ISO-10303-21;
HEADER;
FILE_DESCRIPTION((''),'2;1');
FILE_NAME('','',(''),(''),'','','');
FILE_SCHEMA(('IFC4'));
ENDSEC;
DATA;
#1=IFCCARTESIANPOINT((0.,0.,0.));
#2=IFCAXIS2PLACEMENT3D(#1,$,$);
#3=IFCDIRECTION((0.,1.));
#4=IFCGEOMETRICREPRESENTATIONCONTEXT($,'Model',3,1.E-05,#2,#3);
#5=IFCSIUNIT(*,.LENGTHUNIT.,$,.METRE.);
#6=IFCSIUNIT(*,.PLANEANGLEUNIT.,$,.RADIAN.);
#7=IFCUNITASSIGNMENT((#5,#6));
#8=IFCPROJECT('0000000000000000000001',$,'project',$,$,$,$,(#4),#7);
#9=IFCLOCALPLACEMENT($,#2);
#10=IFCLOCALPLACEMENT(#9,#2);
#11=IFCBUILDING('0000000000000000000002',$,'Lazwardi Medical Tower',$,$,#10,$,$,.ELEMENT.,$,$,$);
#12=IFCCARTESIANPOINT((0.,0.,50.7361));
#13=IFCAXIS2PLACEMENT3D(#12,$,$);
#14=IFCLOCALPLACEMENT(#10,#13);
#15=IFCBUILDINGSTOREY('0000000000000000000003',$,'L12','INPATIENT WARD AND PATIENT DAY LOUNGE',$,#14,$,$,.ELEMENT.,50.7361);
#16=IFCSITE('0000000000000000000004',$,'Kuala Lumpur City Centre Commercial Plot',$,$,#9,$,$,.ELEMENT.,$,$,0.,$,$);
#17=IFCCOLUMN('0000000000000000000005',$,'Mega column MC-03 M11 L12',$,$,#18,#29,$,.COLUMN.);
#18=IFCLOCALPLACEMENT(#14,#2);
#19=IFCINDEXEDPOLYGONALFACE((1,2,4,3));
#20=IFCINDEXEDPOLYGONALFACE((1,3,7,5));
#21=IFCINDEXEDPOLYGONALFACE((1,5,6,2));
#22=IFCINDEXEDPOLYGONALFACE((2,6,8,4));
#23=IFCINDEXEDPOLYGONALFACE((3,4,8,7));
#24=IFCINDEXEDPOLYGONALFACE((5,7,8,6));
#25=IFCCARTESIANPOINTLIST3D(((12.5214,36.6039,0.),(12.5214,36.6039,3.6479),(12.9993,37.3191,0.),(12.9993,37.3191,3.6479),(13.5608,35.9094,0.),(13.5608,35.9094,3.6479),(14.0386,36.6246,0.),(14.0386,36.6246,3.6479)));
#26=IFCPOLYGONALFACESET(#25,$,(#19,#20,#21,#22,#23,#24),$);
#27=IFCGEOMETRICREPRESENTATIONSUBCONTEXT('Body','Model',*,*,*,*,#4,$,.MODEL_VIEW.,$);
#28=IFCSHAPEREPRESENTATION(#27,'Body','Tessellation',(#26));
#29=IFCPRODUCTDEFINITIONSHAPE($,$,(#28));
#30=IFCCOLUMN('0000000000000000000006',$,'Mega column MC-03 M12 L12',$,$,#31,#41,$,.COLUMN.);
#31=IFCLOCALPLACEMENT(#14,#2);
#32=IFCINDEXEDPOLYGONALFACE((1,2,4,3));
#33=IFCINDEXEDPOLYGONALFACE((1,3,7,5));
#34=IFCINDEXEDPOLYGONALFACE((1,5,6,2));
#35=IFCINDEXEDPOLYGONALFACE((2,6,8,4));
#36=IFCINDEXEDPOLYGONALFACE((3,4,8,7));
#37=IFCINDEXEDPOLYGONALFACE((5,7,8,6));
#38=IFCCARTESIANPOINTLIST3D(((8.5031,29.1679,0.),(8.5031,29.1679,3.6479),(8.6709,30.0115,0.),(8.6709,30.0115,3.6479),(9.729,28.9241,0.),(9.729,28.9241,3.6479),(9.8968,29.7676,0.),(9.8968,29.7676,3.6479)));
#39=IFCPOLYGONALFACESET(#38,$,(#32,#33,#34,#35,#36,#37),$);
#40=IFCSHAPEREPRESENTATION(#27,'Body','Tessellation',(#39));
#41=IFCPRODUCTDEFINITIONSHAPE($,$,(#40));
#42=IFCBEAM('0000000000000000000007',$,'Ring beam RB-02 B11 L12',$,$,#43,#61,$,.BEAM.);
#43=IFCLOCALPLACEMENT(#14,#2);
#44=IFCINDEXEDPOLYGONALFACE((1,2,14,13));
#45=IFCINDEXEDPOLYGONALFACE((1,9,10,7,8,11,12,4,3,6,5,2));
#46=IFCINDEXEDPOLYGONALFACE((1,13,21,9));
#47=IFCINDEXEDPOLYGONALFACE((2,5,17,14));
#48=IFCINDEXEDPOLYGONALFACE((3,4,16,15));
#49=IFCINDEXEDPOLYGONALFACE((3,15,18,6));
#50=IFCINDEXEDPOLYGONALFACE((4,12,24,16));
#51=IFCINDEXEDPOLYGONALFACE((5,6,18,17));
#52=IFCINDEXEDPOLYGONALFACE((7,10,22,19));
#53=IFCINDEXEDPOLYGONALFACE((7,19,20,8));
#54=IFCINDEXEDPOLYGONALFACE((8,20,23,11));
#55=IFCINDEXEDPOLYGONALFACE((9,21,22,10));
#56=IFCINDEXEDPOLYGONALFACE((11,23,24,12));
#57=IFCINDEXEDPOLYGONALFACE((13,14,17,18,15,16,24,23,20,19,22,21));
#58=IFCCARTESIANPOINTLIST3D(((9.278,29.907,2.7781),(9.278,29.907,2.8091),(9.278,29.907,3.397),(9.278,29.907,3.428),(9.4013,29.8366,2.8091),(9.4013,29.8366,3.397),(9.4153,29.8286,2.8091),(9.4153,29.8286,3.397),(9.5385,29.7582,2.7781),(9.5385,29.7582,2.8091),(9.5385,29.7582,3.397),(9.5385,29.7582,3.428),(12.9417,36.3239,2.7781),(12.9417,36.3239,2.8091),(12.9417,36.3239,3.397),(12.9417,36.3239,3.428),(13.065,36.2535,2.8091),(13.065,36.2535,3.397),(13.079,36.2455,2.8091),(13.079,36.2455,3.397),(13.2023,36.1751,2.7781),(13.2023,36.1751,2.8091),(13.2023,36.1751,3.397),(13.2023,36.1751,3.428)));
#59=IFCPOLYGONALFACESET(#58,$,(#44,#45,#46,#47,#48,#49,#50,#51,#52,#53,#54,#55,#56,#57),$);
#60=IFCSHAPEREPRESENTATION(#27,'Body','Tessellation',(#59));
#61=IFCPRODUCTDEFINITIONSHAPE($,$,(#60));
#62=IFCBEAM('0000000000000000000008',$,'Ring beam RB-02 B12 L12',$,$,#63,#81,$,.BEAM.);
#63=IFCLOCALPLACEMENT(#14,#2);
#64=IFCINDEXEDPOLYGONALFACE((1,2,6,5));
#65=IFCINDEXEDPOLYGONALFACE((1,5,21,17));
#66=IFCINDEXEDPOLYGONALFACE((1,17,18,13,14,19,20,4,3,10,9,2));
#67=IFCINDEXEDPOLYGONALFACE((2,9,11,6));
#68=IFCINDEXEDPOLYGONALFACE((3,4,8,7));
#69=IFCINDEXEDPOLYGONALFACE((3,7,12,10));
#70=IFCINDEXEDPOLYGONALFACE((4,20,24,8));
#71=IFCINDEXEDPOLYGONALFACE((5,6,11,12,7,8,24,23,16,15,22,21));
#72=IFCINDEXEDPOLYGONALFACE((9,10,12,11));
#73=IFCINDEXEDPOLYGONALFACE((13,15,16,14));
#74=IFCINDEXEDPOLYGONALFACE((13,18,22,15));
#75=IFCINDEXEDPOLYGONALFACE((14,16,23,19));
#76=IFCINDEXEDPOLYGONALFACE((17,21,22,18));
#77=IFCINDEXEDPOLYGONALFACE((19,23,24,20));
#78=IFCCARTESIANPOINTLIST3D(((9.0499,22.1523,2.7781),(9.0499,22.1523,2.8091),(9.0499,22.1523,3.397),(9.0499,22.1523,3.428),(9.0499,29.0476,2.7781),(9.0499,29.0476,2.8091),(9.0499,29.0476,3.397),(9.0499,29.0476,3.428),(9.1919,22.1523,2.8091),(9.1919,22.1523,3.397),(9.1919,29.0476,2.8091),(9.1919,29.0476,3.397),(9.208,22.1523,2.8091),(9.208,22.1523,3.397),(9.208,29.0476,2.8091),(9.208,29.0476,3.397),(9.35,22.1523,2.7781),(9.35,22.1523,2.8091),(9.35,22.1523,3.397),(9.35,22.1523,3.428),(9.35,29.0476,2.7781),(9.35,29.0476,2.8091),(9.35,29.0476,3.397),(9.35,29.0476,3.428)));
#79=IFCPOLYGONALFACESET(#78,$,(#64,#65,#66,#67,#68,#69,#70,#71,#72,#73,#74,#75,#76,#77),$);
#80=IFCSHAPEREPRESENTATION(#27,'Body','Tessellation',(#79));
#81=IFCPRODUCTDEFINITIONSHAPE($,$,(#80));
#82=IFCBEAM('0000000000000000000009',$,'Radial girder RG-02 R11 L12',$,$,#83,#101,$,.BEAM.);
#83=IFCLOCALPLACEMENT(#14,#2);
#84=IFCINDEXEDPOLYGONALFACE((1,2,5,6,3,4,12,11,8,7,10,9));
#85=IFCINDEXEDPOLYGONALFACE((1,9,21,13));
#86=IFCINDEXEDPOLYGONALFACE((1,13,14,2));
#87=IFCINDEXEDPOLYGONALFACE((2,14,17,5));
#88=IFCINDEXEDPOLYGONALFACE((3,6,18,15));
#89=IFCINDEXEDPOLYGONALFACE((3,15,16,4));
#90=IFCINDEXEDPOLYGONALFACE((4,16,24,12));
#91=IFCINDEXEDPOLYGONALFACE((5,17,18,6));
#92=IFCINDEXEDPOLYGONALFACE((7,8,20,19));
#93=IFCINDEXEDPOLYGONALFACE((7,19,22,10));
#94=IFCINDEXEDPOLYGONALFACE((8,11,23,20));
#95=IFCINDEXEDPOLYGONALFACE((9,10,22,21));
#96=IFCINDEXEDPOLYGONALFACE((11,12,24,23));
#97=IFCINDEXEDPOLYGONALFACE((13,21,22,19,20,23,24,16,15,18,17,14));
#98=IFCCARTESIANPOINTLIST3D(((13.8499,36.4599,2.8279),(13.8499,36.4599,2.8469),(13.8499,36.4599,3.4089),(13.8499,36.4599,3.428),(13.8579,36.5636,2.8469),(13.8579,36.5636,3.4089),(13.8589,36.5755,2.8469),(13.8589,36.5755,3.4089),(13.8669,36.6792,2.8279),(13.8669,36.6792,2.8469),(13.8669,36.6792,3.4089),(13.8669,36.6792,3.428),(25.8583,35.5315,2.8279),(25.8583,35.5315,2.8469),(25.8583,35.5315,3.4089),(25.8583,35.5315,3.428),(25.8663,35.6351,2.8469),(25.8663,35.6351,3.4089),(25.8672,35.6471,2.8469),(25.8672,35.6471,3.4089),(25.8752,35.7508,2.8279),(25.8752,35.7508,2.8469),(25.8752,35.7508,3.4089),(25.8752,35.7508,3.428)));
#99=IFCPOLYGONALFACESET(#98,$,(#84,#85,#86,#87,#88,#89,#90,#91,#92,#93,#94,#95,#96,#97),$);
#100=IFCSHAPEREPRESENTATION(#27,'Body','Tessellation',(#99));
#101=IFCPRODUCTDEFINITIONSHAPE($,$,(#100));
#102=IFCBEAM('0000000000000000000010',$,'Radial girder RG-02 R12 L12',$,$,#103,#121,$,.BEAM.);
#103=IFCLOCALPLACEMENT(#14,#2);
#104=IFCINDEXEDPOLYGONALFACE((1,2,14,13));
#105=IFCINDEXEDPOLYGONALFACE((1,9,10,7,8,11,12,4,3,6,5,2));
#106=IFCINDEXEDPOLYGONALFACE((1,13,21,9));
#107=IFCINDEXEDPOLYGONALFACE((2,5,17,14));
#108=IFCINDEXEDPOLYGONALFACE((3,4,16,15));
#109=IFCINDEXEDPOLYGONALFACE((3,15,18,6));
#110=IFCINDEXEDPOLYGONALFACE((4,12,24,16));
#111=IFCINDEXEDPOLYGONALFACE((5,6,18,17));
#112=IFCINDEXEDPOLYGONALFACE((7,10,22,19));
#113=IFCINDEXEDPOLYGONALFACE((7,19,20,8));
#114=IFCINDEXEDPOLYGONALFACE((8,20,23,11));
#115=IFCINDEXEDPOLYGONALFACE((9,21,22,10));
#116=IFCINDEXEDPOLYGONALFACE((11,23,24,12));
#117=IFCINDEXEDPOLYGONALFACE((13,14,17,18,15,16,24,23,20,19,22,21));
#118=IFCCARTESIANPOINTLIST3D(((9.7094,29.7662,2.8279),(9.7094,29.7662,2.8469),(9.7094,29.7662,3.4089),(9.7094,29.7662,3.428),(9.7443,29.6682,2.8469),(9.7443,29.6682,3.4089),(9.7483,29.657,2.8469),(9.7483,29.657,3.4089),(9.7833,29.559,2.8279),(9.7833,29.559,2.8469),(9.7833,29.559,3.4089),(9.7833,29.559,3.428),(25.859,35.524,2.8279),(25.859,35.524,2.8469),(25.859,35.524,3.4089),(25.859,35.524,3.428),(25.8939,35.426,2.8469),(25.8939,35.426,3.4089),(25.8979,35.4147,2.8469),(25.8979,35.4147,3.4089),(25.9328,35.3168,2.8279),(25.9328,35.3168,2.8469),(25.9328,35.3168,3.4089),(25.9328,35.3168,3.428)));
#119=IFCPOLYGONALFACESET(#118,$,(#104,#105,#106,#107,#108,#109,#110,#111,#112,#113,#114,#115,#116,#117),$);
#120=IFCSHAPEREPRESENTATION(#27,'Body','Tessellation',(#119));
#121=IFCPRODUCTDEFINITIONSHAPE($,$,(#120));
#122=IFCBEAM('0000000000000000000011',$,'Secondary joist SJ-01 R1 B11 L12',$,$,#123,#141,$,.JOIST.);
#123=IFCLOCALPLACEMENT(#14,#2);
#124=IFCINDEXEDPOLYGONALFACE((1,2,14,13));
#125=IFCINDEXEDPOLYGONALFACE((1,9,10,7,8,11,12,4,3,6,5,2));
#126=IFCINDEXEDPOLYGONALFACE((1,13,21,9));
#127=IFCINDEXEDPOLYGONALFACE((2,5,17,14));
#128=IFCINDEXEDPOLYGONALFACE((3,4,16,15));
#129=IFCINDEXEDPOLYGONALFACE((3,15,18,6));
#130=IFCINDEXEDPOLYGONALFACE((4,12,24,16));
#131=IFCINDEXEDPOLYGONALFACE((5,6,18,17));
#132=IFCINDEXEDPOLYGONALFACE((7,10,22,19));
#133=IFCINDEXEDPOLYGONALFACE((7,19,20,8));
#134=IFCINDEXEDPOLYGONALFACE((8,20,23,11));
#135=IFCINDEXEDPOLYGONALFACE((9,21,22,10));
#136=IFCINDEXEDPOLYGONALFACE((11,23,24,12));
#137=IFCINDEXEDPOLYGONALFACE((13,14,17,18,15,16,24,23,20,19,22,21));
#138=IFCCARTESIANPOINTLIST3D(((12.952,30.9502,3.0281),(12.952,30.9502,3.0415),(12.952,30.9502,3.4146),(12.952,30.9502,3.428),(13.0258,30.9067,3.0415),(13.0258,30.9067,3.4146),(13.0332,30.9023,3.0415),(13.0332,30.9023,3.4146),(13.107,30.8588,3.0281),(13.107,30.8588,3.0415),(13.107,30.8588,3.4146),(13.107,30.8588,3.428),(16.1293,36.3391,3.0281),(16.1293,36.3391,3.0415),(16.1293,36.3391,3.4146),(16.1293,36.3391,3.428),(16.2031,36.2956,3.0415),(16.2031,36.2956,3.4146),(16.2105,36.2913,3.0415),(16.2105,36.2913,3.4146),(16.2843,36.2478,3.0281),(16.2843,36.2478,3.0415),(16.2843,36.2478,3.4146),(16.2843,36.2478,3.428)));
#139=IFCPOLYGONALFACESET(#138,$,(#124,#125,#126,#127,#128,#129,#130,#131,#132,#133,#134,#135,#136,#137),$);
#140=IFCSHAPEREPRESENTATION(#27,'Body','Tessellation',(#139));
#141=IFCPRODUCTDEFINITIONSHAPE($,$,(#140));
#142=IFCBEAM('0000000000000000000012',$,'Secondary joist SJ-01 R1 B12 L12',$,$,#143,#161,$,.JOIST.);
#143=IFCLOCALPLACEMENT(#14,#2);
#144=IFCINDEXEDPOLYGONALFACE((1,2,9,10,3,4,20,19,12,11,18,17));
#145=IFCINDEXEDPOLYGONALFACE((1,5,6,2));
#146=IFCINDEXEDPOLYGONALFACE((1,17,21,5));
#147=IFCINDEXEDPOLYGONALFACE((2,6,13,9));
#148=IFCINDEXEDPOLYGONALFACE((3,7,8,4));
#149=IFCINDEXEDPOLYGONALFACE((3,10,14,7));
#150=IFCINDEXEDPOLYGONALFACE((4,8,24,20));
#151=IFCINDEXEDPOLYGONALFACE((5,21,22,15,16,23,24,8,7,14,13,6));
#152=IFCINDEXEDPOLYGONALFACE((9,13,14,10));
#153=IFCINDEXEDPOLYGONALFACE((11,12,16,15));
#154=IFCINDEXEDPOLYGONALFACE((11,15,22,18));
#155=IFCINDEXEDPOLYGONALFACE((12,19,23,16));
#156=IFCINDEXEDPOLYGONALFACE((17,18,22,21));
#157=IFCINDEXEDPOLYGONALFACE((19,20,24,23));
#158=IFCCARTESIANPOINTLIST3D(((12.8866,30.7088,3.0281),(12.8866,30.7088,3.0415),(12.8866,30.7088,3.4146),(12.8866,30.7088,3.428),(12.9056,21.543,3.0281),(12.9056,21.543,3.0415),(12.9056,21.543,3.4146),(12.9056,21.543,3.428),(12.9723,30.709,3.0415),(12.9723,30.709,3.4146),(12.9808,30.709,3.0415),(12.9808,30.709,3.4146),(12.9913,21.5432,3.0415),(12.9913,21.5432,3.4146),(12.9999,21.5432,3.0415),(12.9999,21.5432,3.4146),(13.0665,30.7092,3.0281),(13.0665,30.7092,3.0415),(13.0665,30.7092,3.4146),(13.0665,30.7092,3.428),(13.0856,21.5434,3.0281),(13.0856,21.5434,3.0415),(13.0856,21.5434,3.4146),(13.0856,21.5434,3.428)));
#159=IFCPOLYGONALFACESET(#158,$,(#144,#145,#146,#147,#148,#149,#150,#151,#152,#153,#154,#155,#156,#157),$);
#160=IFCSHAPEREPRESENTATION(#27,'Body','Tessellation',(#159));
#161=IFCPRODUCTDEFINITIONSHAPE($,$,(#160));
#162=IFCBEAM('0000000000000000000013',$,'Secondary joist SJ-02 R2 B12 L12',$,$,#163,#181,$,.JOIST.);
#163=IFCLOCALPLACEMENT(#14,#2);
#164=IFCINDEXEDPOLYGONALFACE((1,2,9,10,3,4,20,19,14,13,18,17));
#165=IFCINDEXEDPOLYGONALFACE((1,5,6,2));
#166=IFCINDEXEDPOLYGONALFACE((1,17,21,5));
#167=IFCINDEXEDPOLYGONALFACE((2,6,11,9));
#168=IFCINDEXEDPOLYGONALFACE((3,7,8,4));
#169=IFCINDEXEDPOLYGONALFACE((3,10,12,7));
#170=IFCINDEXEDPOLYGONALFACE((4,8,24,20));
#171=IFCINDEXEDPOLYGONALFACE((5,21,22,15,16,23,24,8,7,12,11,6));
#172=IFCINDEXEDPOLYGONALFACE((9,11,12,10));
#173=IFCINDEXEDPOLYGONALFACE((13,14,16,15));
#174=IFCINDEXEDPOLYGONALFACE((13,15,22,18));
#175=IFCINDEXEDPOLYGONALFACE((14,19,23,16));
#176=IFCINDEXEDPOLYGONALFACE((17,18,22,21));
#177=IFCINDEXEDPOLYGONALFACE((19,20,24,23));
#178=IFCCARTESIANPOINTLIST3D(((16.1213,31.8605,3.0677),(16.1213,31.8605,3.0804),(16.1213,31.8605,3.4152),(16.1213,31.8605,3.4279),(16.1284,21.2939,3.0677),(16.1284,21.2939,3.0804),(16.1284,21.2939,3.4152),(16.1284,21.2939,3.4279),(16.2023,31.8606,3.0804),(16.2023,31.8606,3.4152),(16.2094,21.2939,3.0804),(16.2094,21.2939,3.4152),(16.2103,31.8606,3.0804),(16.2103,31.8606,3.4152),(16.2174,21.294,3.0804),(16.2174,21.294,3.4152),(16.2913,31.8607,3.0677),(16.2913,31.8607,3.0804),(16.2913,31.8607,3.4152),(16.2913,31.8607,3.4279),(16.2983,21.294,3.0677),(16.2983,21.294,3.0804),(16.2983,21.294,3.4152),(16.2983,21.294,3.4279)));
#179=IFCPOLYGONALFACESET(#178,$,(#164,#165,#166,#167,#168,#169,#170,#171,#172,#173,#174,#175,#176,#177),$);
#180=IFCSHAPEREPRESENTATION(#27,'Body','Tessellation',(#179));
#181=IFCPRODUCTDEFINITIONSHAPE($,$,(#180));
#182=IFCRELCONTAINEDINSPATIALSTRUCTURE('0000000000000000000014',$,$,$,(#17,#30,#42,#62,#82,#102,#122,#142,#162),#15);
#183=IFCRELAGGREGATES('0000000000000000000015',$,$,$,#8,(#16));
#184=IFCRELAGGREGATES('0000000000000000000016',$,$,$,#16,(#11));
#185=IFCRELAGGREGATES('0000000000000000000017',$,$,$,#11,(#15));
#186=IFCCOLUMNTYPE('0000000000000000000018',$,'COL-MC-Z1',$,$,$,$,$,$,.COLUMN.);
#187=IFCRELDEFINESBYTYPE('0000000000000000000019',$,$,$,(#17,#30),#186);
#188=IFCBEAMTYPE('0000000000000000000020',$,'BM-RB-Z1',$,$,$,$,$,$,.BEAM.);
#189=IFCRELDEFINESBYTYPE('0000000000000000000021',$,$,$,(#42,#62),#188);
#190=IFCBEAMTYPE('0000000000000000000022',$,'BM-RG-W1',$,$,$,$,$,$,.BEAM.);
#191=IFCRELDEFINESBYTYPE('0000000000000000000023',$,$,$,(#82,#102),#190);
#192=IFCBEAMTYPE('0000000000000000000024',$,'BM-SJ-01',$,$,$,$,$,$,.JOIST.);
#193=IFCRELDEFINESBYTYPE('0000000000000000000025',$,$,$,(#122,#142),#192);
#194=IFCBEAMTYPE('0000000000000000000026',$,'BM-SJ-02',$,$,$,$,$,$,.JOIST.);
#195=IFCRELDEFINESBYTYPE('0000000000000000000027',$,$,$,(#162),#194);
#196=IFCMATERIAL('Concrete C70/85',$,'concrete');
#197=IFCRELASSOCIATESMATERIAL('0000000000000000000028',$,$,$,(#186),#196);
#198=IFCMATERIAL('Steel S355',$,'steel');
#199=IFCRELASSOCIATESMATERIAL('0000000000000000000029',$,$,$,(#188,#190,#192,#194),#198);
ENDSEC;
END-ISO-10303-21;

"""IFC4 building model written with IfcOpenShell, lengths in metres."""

from ifc_helpers import new_model, si_unit, direction, frame, origin, origin_2d, place, context, subcontext, project, spatial, rectangle, i_section, extrude, material, material_profile, profile_set, type_object, element, save


model = new_model("IFC4")

# Units and contexts
model_context = context("Model", 3, precision=1e-05, world=origin(), true_north=direction((0.0, 1.0)))
body_context = subcontext(model_context, "Body", "Model", "MODEL_VIEW")
ifc_project = project(units=[si_unit("LENGTHUNIT", "METRE"), si_unit("PLANEANGLEUNIT", "RADIAN")], contexts=[model_context])

# Site, building, storey
site_placement = place(None, origin())
site = spatial("IfcSite", under=ifc_project, at=site_placement, Name="Kuala Lumpur City Centre Commercial Plot", CompositionType="ELEMENT", RefElevation=0.0)
building_placement = place(site_placement, origin())
building = spatial("IfcBuilding", under=site, at=building_placement, Name="Lazwardi Medical Tower", CompositionType="ELEMENT")
storey_placement = place(building_placement, frame((0.0, 0.0, 50.7361)))
storey = spatial("IfcBuildingStorey", under=building, at=storey_placement, Name="L12", Description="INPATIENT WARD AND PATIENT DAY LOUNGE", CompositionType="ELEMENT", Elevation=50.7361)

# Columns
ifc_material_1 = material(Name="Concrete C70/85", Category="concrete")
ifc_material_profile_1 = material_profile(ifc_material_1, rectangle(XDim=1.25, YDim=0.8601, at=origin_2d()), Name="CFT-RECT 1250x860")
ifc_profile_set_1 = profile_set([ifc_material_profile_1], Name="Concrete C70/85")
column_type = type_object("IfcColumnType", Name="COL-MC-Z1", PredefinedType="COLUMN", material=ifc_profile_set_1)
for number, where, z_axis, x_axis, name in (
    (1, (13.28, 36.6143, 0.0), (0.0, 0.0, 1.0), (-0.83147, 0.55557, 0.0), "Mega column MC-03 M11 L12"),
    (2, (9.2, 29.4678, 0.0), (0.0, 0.0, 1.0), (-0.980785, 0.19509, 0.0), "Mega column MC-03 M12 L12"),
):
    element("IfcColumn", number, at=place(storey_placement, frame(where, z_axis=z_axis, x_axis=x_axis)), inside=storey, type_object=column_type, Name=name, PredefinedType="COLUMN", context=body_context, shape_type="SweptSolid", body=[
        extrude(rectangle(XDim=1.25, YDim=0.8601, at=origin_2d()), origin(), (0.0, 0.0, 1.0), 3.6479),
    ])

# Beams
ifc_material_2 = material(Name="Steel S355", Category="steel")
ifc_material_profile_2 = material_profile(ifc_material_2, i_section(OverallWidth=0.3, OverallDepth=0.6499, WebThickness=0.0161, FlangeThickness=0.031, at=origin_2d()), Name="HEB 650")
ifc_profile_set_2 = profile_set([ifc_material_profile_2], Name="Steel S355")
beam_type_1 = type_object("IfcBeamType", Name="BM-RB-Z1", PredefinedType="BEAM", material=ifc_profile_set_2)
beam_1_placement = place(storey_placement, frame((13.072, 36.2495, 3.103), z_axis=(-0.495829, -0.86842, 0.0), x_axis=(0.86842, -0.495829, 0.0)))
element("IfcBeam", 3, at=beam_1_placement, inside=storey, type_object=beam_type_1, Name="Ring beam RB-02 B11 L12", PredefinedType="BEAM", context=body_context, shape_type="SweptSolid", body=[
    extrude(i_section(OverallWidth=0.3, OverallDepth=0.6499, WebThickness=0.0161, FlangeThickness=0.031, at=origin_2d()), origin(), (0.0, 0.0, 1.0), 7.3892),
])
beam_2_placement = place(storey_placement, frame((9.2, 29.0476, 3.103), z_axis=(0.0, -1.0, 0.0), x_axis=(1.0, 0.0, 0.0)))
element("IfcBeam", 4, at=beam_2_placement, inside=storey, type_object=beam_type_1, Name="Ring beam RB-02 B12 L12", PredefinedType="BEAM", context=body_context, shape_type="SweptSolid", body=[
    extrude(i_section(OverallWidth=0.3, OverallDepth=0.6499, WebThickness=0.0161, FlangeThickness=0.031, at=origin_2d()), origin(), (0.0, 0.0, 1.0), 6.8953),
])
ifc_material_profile_3 = material_profile(ifc_material_2, i_section(OverallWidth=0.22, OverallDepth=0.6001, WebThickness=0.012, FlangeThickness=0.019, at=origin_2d()), Name="IPE 600")
ifc_profile_set_3 = profile_set([ifc_material_profile_3], Name="Steel S355")
beam_type_2 = type_object("IfcBeamType", Name="BM-RG-W1", PredefinedType="BEAM", material=ifc_profile_set_3)
beam_3_placement = place(storey_placement, frame((13.8584, 36.5696, 3.1279), z_axis=(0.997024, -0.077089, 0.0), x_axis=(0.077089, 0.997024, 0.0)))
element("IfcBeam", 5, at=beam_3_placement, inside=storey, type_object=beam_type_2, Name="Radial girder RG-02 R11 L12", PredefinedType="BEAM", context=body_context, shape_type="SweptSolid", body=[
    extrude(i_section(OverallWidth=0.22, OverallDepth=0.6001, WebThickness=0.012, FlangeThickness=0.019, at=origin_2d()), origin(), (0.0, 0.0, 1.0), 12.0442),
])
beam_4_placement = place(storey_placement, frame((9.7463, 29.6626, 3.1279), z_axis=(0.941925, 0.335823, 0.0), x_axis=(-0.335823, 0.941925, 0.0)))
element("IfcBeam", 6, at=beam_4_placement, inside=storey, type_object=beam_type_2, Name="Radial girder RG-02 R12 L12", PredefinedType="BEAM", context=body_context, shape_type="SweptSolid", body=[
    extrude(i_section(OverallWidth=0.22, OverallDepth=0.6001, WebThickness=0.012, FlangeThickness=0.019, at=origin_2d()), origin(), (0.0, 0.0, 1.0), 17.1453),
])
ifc_material_profile_4 = material_profile(ifc_material_2, i_section(OverallWidth=0.1799, OverallDepth=0.3999, WebThickness=0.0085, FlangeThickness=0.0134, at=origin_2d()), Name="IPE 400")
ifc_profile_set_4 = profile_set([ifc_material_profile_4], Name="Steel S355")
beam_type_3 = type_object("IfcBeamType", Name="BM-SJ-01", PredefinedType="JOIST", material=ifc_profile_set_4)
beam_5_placement = place(storey_placement, frame((16.2068, 36.2935, 3.228), z_axis=(-0.507886, -0.861424, 0.0), x_axis=(0.861424, -0.507886, 0.0)))
element("IfcBeam", 7, at=beam_5_placement, inside=storey, type_object=beam_type_3, Name="Secondary joist SJ-01 R1 B11 L12", PredefinedType="JOIST", context=body_context, shape_type="SweptSolid", body=[
    extrude(i_section(OverallWidth=0.1799, OverallDepth=0.3999, WebThickness=0.0085, FlangeThickness=0.0134, at=origin_2d()), origin(), (0.0, 0.0, 1.0), 6.2559),
])
beam_6_placement = place(storey_placement, frame((12.9766, 30.709, 3.228), z_axis=(0.002078, -0.999998, 0.0), x_axis=(0.999998, 0.002078, 0.0)))
element("IfcBeam", 8, at=beam_6_placement, inside=storey, type_object=beam_type_3, Name="Secondary joist SJ-01 R1 B12 L12", PredefinedType="JOIST", context=body_context, shape_type="SweptSolid", body=[
    extrude(i_section(OverallWidth=0.1799, OverallDepth=0.3999, WebThickness=0.0085, FlangeThickness=0.0134, at=origin_2d()), origin(), (0.0, 0.0, 1.0), 9.1658),
])
ifc_material_profile_5 = material_profile(ifc_material_2, i_section(OverallWidth=0.1699, OverallDepth=0.3601, WebThickness=0.0081, FlangeThickness=0.0127, at=origin_2d()), Name="IPE 360")
ifc_profile_set_5 = profile_set([ifc_material_profile_5], Name="Steel S355")
beam_type_4 = type_object("IfcBeamType", Name="BM-SJ-02", PredefinedType="JOIST", material=ifc_profile_set_5)
beam_7_placement = place(storey_placement, frame((16.2063, 31.8606, 3.2478), z_axis=(0.00067, -1.0, 0.0), x_axis=(1.0, 0.00067, 0.0)))
element("IfcBeam", 9, at=beam_7_placement, inside=storey, type_object=beam_type_4, Name="Secondary joist SJ-02 R2 B12 L12", PredefinedType="JOIST", context=body_context, shape_type="SweptSolid", body=[
    extrude(i_section(OverallWidth=0.1699, OverallDepth=0.3601, WebThickness=0.0081, FlangeThickness=0.0127, at=origin_2d()), origin(), (0.0, 0.0, 1.0), 10.5667),
])

save(model, "model.ifc")
